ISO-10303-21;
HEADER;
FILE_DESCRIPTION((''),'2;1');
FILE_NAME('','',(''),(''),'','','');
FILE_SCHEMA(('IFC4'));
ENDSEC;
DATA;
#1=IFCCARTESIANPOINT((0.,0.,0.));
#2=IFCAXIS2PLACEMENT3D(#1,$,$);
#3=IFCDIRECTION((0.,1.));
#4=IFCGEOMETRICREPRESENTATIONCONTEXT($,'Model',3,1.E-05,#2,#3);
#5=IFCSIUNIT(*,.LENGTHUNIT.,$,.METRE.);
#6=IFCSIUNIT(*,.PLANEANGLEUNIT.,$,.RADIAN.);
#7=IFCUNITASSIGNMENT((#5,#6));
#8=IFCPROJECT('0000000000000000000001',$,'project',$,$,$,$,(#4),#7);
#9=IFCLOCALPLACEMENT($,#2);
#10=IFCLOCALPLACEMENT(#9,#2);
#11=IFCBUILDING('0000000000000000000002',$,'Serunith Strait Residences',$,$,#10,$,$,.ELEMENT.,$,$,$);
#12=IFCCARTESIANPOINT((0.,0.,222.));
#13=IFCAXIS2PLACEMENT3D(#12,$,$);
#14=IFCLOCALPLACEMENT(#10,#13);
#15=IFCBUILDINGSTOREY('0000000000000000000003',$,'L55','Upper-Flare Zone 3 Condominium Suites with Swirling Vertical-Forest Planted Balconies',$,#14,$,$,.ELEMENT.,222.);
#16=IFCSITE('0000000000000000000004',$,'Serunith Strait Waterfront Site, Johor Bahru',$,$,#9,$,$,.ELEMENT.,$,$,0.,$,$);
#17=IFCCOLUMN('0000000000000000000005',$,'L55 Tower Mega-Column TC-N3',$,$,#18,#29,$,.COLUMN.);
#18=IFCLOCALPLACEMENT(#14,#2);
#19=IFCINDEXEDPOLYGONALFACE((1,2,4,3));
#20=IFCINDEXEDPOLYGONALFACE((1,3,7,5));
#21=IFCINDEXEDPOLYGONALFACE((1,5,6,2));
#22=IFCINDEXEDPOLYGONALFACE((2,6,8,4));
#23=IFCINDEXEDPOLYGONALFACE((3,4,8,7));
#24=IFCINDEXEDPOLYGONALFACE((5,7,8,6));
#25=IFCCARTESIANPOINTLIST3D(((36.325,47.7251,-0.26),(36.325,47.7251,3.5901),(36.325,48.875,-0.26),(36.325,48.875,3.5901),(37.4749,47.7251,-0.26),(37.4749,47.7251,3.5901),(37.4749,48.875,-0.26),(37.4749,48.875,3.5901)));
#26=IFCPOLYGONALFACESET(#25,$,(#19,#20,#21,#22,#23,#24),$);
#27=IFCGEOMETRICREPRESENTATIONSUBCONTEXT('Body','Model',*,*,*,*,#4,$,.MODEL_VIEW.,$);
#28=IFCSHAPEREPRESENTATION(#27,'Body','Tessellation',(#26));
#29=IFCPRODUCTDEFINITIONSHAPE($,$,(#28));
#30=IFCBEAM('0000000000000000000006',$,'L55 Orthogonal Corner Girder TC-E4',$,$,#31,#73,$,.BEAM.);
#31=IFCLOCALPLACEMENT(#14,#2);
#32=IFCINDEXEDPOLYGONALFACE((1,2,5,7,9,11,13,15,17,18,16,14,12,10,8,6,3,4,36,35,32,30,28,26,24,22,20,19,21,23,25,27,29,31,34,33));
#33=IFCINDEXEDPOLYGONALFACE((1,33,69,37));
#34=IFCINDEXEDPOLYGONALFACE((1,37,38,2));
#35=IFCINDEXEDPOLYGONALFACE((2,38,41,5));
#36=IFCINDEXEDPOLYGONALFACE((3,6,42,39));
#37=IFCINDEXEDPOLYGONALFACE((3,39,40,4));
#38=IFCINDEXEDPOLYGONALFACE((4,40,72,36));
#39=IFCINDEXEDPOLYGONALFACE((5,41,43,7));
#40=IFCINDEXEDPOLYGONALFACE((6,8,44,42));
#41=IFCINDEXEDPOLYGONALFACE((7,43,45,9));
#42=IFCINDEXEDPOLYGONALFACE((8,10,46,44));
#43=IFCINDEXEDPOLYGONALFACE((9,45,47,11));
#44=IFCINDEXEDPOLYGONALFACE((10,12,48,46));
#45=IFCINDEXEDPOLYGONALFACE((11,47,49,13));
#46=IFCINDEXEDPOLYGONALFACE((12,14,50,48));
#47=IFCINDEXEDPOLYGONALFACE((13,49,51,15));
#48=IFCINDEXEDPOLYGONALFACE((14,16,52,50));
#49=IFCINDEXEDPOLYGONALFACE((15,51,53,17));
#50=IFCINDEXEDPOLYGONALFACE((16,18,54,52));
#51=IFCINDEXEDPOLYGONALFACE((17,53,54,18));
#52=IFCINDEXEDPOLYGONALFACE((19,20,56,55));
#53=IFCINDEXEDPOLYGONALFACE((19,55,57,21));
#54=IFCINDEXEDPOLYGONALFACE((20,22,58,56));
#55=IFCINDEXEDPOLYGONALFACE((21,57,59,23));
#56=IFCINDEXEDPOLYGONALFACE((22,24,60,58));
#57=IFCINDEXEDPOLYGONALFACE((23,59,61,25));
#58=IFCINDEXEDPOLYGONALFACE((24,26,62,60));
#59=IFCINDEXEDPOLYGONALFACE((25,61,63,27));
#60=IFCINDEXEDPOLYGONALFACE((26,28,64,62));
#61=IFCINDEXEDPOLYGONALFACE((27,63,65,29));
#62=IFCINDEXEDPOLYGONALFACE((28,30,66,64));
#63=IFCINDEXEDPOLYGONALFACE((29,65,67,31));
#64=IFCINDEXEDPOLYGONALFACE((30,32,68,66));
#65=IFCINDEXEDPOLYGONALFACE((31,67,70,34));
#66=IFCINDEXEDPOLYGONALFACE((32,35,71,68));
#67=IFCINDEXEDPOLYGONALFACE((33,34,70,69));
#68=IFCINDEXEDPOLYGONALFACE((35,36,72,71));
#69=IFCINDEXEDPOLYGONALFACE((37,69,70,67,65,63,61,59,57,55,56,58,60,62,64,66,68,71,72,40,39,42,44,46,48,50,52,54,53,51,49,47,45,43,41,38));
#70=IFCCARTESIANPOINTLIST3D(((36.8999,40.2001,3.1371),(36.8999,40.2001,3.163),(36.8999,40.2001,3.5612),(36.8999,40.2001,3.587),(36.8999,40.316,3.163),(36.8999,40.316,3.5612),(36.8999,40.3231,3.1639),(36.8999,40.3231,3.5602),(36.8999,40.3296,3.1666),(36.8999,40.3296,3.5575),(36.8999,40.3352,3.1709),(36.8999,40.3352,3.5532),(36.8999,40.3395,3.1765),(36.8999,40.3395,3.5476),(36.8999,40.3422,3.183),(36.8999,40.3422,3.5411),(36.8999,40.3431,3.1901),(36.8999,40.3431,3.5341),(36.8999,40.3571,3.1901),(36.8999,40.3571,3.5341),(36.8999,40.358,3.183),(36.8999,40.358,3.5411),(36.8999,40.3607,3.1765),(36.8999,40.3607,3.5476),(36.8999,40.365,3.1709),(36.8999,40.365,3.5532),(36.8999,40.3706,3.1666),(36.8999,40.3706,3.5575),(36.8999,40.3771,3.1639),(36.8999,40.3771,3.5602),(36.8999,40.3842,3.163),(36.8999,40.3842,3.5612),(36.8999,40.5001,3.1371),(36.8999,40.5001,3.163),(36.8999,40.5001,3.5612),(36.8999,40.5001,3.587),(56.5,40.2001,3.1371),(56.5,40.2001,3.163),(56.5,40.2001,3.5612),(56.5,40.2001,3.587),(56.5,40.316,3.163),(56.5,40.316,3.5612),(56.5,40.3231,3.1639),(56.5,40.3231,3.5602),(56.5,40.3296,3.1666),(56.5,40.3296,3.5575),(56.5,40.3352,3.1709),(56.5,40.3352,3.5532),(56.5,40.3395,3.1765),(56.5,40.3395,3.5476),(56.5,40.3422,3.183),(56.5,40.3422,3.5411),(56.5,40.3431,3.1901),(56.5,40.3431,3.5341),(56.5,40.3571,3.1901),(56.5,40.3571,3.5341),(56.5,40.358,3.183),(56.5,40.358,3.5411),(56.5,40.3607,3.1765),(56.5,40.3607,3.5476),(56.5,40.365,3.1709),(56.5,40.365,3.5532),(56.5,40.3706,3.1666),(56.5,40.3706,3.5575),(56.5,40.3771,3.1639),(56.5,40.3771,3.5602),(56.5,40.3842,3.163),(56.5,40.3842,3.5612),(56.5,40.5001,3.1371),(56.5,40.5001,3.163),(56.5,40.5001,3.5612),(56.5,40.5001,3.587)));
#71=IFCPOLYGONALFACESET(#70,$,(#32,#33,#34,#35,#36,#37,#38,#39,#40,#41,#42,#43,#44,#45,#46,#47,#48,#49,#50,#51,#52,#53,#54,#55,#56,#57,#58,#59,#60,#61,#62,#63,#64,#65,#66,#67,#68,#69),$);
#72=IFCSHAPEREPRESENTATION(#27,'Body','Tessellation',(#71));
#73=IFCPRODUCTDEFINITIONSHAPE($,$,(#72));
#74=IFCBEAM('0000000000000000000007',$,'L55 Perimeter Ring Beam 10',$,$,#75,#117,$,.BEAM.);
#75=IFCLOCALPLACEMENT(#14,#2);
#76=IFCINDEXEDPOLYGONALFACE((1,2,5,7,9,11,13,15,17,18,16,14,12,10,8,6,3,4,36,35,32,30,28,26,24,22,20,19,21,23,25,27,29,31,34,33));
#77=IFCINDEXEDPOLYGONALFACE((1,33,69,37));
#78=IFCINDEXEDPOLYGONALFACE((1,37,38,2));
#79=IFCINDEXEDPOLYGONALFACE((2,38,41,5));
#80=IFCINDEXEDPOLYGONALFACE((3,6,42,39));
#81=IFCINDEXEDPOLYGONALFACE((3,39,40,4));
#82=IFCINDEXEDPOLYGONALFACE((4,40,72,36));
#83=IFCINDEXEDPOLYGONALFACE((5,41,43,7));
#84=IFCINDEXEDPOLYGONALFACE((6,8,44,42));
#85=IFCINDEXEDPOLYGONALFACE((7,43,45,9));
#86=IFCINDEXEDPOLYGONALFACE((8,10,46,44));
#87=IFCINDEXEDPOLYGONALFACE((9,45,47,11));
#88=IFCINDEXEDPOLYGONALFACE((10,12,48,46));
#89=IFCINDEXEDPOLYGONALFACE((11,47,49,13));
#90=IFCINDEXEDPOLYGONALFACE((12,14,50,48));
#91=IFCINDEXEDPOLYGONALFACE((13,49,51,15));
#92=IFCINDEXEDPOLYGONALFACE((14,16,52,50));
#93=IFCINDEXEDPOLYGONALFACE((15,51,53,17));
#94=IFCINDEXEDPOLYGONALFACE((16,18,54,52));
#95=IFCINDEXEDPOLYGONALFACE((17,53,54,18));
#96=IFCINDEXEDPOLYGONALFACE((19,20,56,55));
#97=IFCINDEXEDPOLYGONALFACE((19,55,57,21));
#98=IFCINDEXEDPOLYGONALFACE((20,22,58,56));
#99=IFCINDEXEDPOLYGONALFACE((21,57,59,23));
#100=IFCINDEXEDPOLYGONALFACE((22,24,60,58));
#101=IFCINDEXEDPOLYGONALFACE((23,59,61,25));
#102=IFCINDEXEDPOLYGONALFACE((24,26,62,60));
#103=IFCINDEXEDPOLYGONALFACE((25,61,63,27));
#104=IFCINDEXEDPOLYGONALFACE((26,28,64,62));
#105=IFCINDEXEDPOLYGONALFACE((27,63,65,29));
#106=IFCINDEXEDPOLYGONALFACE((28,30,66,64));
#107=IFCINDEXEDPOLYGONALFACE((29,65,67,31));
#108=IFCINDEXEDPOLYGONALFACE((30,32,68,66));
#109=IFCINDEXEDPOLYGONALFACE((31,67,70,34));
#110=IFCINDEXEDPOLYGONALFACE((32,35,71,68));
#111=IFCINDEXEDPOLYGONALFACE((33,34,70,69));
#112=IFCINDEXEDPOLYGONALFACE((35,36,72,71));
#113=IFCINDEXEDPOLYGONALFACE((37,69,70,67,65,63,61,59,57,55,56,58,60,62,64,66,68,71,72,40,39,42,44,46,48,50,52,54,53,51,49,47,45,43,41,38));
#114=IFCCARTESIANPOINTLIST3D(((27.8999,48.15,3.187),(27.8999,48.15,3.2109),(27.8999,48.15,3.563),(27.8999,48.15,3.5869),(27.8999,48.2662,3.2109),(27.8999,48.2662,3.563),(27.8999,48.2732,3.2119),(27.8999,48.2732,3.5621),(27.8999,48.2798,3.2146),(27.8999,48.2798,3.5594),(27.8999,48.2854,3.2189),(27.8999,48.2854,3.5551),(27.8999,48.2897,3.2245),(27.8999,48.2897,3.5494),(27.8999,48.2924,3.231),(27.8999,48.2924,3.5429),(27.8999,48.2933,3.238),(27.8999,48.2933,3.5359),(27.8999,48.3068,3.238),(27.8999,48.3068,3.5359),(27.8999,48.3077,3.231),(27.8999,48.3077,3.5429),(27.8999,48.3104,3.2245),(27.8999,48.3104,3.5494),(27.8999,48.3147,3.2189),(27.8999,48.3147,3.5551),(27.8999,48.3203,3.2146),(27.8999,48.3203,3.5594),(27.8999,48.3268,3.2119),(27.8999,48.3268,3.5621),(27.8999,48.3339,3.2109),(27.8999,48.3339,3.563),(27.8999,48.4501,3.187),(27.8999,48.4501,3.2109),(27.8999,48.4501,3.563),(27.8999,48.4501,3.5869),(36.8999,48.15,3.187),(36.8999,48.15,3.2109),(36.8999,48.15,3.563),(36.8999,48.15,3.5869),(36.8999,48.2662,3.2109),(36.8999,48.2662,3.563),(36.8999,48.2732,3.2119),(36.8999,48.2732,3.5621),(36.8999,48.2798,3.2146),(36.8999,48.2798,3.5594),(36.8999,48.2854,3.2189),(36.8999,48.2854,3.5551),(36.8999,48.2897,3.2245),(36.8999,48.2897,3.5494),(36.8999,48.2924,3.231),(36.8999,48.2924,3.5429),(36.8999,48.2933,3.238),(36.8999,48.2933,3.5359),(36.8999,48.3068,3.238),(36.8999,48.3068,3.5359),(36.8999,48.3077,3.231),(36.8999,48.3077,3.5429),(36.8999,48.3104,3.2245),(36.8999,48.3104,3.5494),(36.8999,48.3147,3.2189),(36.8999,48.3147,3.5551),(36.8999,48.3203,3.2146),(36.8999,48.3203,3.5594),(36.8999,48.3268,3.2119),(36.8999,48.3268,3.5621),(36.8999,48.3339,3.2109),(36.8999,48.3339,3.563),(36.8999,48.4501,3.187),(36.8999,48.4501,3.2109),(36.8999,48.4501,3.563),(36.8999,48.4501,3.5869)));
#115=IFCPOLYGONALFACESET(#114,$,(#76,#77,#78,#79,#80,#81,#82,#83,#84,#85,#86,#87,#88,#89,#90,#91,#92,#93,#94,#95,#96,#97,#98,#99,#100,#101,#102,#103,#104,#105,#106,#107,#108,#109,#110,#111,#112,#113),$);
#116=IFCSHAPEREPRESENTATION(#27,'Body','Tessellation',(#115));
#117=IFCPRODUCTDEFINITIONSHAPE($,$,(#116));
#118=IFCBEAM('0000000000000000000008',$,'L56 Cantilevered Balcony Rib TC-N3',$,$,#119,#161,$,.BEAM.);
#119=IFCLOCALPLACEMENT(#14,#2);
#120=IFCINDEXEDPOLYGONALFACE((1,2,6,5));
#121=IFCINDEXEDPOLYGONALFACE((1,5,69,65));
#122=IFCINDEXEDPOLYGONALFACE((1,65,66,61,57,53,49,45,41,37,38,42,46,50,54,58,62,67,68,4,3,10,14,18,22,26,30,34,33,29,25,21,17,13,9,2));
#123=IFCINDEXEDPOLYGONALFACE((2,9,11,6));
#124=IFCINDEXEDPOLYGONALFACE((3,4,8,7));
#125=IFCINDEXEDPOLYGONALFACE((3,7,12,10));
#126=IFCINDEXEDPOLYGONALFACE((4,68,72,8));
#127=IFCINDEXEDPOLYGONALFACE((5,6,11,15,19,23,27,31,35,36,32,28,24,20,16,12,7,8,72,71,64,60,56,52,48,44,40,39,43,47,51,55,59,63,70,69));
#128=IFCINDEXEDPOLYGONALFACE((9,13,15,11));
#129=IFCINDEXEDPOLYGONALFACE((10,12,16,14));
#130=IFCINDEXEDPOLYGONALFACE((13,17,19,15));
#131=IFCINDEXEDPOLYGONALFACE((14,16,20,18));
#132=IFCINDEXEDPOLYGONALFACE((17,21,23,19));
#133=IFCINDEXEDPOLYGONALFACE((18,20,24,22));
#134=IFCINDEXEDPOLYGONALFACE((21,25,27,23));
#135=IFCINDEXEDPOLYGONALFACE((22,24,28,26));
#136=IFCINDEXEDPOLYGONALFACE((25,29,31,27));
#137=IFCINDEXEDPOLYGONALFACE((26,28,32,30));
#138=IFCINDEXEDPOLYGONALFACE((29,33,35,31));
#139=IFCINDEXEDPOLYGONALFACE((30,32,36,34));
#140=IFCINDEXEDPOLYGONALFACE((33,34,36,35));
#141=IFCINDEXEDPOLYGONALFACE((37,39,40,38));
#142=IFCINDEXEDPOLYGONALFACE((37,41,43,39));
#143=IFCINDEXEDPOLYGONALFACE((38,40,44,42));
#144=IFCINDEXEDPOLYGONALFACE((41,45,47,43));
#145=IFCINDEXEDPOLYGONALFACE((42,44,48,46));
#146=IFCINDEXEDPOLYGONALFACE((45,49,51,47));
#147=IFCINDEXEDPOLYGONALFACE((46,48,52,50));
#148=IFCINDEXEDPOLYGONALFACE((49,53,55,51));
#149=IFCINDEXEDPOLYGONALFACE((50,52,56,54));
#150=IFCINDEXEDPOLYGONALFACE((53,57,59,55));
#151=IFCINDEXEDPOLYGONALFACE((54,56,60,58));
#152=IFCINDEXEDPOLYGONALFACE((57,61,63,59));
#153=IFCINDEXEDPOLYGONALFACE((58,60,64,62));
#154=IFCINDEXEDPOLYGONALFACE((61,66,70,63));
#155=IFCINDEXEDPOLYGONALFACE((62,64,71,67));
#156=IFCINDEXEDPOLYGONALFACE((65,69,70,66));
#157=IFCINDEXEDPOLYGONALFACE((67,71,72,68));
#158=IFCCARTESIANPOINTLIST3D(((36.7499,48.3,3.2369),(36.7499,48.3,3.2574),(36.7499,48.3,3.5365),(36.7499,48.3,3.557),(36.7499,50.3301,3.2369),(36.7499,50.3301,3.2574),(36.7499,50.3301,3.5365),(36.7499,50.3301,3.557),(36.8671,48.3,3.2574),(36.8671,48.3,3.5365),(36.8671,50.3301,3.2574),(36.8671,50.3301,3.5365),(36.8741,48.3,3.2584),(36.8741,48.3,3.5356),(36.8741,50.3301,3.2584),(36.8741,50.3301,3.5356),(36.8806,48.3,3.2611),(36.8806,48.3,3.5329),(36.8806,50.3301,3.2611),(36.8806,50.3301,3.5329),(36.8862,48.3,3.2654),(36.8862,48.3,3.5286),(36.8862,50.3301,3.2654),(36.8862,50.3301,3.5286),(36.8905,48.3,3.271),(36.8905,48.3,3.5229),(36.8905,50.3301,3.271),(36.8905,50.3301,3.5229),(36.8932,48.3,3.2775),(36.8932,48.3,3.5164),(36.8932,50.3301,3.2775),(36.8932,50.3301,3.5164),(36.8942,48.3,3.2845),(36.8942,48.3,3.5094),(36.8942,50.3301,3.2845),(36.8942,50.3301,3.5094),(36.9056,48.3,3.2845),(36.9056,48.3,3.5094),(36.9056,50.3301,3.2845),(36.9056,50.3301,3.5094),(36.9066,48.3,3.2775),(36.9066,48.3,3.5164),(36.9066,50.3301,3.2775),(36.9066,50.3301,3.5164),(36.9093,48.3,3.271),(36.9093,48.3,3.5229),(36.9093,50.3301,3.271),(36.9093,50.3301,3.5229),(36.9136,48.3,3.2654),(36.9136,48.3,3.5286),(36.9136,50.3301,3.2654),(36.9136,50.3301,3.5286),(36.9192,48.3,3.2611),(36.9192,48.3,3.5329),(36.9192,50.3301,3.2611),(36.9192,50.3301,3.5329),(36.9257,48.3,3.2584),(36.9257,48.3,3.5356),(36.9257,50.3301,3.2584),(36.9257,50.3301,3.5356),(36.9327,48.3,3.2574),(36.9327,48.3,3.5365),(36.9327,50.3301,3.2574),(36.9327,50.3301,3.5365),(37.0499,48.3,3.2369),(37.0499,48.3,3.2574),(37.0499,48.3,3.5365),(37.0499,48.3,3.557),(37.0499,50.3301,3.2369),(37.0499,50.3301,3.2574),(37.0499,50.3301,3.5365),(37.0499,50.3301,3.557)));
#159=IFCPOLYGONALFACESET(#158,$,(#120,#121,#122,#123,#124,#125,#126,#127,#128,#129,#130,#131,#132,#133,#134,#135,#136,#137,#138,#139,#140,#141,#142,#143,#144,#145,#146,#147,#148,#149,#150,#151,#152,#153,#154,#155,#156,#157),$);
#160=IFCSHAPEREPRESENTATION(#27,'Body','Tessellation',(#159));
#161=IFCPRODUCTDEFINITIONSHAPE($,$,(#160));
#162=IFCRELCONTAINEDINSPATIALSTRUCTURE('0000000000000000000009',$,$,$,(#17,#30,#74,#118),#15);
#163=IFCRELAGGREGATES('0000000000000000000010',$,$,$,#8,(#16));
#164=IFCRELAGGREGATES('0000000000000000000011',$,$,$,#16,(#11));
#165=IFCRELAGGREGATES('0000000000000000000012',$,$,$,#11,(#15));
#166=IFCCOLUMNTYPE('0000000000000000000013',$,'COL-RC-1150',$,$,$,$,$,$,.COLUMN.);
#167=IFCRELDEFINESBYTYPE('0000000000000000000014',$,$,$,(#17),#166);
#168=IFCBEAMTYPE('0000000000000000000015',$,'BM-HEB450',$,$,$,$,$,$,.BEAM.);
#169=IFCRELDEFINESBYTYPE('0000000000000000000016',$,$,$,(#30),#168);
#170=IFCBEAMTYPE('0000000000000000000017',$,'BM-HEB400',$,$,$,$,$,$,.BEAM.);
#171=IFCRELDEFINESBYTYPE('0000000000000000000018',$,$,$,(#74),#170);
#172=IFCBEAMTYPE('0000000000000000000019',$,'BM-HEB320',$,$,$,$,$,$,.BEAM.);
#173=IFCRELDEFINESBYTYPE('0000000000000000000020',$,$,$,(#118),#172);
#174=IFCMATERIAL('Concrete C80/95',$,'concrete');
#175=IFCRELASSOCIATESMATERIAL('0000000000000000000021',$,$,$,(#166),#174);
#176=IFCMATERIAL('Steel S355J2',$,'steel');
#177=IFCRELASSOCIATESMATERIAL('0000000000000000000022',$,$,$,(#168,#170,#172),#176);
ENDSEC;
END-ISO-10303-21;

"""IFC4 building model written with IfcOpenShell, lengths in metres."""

from ifc_helpers import new_model, si_unit, direction, frame, origin, origin_2d, place, context, subcontext, project, spatial, rectangle, i_section, extrude, source, transform, mapped, material, material_profile, profile_set, type_object, element, save


model = new_model("IFC4")

# Units and contexts
model_context = context("Model", 3, precision=1e-05, world=origin(), true_north=direction((0.0, 1.0)))
body_context = subcontext(model_context, "Body", "Model", "MODEL_VIEW")
ifc_project = project(units=[si_unit("LENGTHUNIT", "METRE"), si_unit("PLANEANGLEUNIT", "RADIAN")], contexts=[model_context])

# Site, building, storey
site_placement = place(None, origin())
site = spatial("IfcSite", under=ifc_project, at=site_placement, Name="Serunith Strait Waterfront Site, Johor Bahru", CompositionType="ELEMENT", RefElevation=0.0)
building_placement = place(site_placement, origin())
building = spatial("IfcBuilding", under=site, at=building_placement, Name="Serunith Strait Residences", CompositionType="ELEMENT")
storey_placement = place(building_placement, frame((0.0, 0.0, 222.0)))
storey = spatial("IfcBuildingStorey", under=building, at=storey_placement, Name="L55", Description="Upper-Flare Zone 3 Condominium Suites with Swirling Vertical-Forest Planted Balconies", CompositionType="ELEMENT", Elevation=222.0)

# Column
ifc_material_1 = material(Name="Concrete C80/95", Category="concrete")
ifc_material_profile_1 = material_profile(ifc_material_1, rectangle(XDim=1.1499, YDim=1.1499, at=origin_2d()), Name="RC 1150x1150")
ifc_profile_set_1 = profile_set([ifc_material_profile_1], Name="Concrete C80/95")
column_type = type_object("IfcColumnType", Name="COL-RC-1150", PredefinedType="COLUMN", material=ifc_profile_set_1)
shared_shape_1 = source(origin(), body_context, "Body", "SweptSolid", [
    extrude(rectangle(XDim=1.1499, YDim=1.1499, at=origin_2d()), origin(), (0.0, 0.0, 1.0), 3.8501),
])
column_placement = place(storey_placement, frame((36.8999, 48.3, -0.26), z_axis=(0.0, 0.0, 1.0), x_axis=(1.0, 0.0, 0.0)))
element("IfcColumn", 1, at=column_placement, inside=storey, type_object=column_type, Name="L55 Tower Mega-Column TC-N3", PredefinedType="COLUMN", context=body_context, shape_type="MappedRepresentation", body=[
    mapped(shared_shape_1, transform((0.0, 0.0, 0.0), scale=1.0)),
])

# Beams
ifc_material_2 = material(Name="Steel S355J2", Category="steel")
ifc_material_profile_2 = material_profile(ifc_material_2, i_section(OverallWidth=0.3, OverallDepth=0.45, WebThickness=0.0139, FlangeThickness=0.0259, FilletRadius=0.0271, at=origin_2d()), Name="HEB 450")
ifc_profile_set_2 = profile_set([ifc_material_profile_2], Name="Steel S355J2")
beam_type_1 = type_object("IfcBeamType", Name="BM-HEB450", PredefinedType="BEAM", material=ifc_profile_set_2)
shared_shape_2 = source(origin(), body_context, "Body", "SweptSolid", [
    extrude(i_section(OverallWidth=0.3, OverallDepth=0.45, WebThickness=0.0139, FlangeThickness=0.0259, FilletRadius=0.0271, at=origin_2d()), origin(), (0.0, 0.0, 1.0), 19.6001),
])
beam_1_placement = place(storey_placement, frame((36.8999, 40.3501, 3.3621), z_axis=(1.0, 0.0, 0.0), x_axis=(0.0, 1.0, 0.0)))
element("IfcBeam", 2, at=beam_1_placement, inside=storey, type_object=beam_type_1, Name="L55 Orthogonal Corner Girder TC-E4", PredefinedType="BEAM", context=body_context, shape_type="MappedRepresentation", body=[
    mapped(shared_shape_2, transform((0.0, 0.0, 0.0), scale=1.0)),
])
ifc_material_profile_3 = material_profile(ifc_material_2, i_section(OverallWidth=0.3, OverallDepth=0.3999, WebThickness=0.0134, FlangeThickness=0.0239, FilletRadius=0.0271, at=origin_2d()), Name="HEB 400")
ifc_profile_set_3 = profile_set([ifc_material_profile_3], Name="Steel S355J2")
beam_type_2 = type_object("IfcBeamType", Name="BM-HEB400", PredefinedType="BEAM", material=ifc_profile_set_3)
shared_shape_3 = source(origin(), body_context, "Body", "SweptSolid", [
    extrude(i_section(OverallWidth=0.3, OverallDepth=0.3999, WebThickness=0.0134, FlangeThickness=0.0239, FilletRadius=0.0271, at=origin_2d()), origin(), (0.0, 0.0, 1.0), 9.0),
])
beam_2_placement = place(storey_placement, frame((36.8999, 48.3, 3.387), z_axis=(-1.0, 0.0, 0.0), x_axis=(0.0, -1.0, 0.0)))
element("IfcBeam", 3, at=beam_2_placement, inside=storey, type_object=beam_type_2, Name="L55 Perimeter Ring Beam 10", PredefinedType="BEAM", context=body_context, shape_type="MappedRepresentation", body=[
    mapped(shared_shape_3, transform((0.0, 0.0, 0.0), scale=1.0)),
])
ifc_material_profile_4 = material_profile(ifc_material_2, i_section(OverallWidth=0.3, OverallDepth=0.3201, WebThickness=0.0115, FlangeThickness=0.0205, FilletRadius=0.0271, at=origin_2d()), Name="HEB 320")
ifc_profile_set_4 = profile_set([ifc_material_profile_4], Name="Steel S355J2")
beam_type_3 = type_object("IfcBeamType", Name="BM-HEB320", PredefinedType="BEAM", material=ifc_profile_set_4)
shared_shape_4 = source(origin(), body_context, "Body", "SweptSolid", [
    extrude(i_section(OverallWidth=0.3, OverallDepth=0.3201, WebThickness=0.0115, FlangeThickness=0.0205, FilletRadius=0.0271, at=origin_2d()), origin(), (0.0, 0.0, 1.0), 2.03),
])
beam_3_placement = place(storey_placement, frame((36.8999, 48.3, 3.397), z_axis=(0.0, 1.0, 0.0), x_axis=(-1.0, 0.0, 0.0)))
element("IfcBeam", 4, at=beam_3_placement, inside=storey, type_object=beam_type_3, Name="L56 Cantilevered Balcony Rib TC-N3", PredefinedType="BEAM", context=body_context, shape_type="MappedRepresentation", body=[
    mapped(shared_shape_4, transform((0.0, 0.0, 0.0), scale=1.0)),
])

save(model, "model.ifc")
